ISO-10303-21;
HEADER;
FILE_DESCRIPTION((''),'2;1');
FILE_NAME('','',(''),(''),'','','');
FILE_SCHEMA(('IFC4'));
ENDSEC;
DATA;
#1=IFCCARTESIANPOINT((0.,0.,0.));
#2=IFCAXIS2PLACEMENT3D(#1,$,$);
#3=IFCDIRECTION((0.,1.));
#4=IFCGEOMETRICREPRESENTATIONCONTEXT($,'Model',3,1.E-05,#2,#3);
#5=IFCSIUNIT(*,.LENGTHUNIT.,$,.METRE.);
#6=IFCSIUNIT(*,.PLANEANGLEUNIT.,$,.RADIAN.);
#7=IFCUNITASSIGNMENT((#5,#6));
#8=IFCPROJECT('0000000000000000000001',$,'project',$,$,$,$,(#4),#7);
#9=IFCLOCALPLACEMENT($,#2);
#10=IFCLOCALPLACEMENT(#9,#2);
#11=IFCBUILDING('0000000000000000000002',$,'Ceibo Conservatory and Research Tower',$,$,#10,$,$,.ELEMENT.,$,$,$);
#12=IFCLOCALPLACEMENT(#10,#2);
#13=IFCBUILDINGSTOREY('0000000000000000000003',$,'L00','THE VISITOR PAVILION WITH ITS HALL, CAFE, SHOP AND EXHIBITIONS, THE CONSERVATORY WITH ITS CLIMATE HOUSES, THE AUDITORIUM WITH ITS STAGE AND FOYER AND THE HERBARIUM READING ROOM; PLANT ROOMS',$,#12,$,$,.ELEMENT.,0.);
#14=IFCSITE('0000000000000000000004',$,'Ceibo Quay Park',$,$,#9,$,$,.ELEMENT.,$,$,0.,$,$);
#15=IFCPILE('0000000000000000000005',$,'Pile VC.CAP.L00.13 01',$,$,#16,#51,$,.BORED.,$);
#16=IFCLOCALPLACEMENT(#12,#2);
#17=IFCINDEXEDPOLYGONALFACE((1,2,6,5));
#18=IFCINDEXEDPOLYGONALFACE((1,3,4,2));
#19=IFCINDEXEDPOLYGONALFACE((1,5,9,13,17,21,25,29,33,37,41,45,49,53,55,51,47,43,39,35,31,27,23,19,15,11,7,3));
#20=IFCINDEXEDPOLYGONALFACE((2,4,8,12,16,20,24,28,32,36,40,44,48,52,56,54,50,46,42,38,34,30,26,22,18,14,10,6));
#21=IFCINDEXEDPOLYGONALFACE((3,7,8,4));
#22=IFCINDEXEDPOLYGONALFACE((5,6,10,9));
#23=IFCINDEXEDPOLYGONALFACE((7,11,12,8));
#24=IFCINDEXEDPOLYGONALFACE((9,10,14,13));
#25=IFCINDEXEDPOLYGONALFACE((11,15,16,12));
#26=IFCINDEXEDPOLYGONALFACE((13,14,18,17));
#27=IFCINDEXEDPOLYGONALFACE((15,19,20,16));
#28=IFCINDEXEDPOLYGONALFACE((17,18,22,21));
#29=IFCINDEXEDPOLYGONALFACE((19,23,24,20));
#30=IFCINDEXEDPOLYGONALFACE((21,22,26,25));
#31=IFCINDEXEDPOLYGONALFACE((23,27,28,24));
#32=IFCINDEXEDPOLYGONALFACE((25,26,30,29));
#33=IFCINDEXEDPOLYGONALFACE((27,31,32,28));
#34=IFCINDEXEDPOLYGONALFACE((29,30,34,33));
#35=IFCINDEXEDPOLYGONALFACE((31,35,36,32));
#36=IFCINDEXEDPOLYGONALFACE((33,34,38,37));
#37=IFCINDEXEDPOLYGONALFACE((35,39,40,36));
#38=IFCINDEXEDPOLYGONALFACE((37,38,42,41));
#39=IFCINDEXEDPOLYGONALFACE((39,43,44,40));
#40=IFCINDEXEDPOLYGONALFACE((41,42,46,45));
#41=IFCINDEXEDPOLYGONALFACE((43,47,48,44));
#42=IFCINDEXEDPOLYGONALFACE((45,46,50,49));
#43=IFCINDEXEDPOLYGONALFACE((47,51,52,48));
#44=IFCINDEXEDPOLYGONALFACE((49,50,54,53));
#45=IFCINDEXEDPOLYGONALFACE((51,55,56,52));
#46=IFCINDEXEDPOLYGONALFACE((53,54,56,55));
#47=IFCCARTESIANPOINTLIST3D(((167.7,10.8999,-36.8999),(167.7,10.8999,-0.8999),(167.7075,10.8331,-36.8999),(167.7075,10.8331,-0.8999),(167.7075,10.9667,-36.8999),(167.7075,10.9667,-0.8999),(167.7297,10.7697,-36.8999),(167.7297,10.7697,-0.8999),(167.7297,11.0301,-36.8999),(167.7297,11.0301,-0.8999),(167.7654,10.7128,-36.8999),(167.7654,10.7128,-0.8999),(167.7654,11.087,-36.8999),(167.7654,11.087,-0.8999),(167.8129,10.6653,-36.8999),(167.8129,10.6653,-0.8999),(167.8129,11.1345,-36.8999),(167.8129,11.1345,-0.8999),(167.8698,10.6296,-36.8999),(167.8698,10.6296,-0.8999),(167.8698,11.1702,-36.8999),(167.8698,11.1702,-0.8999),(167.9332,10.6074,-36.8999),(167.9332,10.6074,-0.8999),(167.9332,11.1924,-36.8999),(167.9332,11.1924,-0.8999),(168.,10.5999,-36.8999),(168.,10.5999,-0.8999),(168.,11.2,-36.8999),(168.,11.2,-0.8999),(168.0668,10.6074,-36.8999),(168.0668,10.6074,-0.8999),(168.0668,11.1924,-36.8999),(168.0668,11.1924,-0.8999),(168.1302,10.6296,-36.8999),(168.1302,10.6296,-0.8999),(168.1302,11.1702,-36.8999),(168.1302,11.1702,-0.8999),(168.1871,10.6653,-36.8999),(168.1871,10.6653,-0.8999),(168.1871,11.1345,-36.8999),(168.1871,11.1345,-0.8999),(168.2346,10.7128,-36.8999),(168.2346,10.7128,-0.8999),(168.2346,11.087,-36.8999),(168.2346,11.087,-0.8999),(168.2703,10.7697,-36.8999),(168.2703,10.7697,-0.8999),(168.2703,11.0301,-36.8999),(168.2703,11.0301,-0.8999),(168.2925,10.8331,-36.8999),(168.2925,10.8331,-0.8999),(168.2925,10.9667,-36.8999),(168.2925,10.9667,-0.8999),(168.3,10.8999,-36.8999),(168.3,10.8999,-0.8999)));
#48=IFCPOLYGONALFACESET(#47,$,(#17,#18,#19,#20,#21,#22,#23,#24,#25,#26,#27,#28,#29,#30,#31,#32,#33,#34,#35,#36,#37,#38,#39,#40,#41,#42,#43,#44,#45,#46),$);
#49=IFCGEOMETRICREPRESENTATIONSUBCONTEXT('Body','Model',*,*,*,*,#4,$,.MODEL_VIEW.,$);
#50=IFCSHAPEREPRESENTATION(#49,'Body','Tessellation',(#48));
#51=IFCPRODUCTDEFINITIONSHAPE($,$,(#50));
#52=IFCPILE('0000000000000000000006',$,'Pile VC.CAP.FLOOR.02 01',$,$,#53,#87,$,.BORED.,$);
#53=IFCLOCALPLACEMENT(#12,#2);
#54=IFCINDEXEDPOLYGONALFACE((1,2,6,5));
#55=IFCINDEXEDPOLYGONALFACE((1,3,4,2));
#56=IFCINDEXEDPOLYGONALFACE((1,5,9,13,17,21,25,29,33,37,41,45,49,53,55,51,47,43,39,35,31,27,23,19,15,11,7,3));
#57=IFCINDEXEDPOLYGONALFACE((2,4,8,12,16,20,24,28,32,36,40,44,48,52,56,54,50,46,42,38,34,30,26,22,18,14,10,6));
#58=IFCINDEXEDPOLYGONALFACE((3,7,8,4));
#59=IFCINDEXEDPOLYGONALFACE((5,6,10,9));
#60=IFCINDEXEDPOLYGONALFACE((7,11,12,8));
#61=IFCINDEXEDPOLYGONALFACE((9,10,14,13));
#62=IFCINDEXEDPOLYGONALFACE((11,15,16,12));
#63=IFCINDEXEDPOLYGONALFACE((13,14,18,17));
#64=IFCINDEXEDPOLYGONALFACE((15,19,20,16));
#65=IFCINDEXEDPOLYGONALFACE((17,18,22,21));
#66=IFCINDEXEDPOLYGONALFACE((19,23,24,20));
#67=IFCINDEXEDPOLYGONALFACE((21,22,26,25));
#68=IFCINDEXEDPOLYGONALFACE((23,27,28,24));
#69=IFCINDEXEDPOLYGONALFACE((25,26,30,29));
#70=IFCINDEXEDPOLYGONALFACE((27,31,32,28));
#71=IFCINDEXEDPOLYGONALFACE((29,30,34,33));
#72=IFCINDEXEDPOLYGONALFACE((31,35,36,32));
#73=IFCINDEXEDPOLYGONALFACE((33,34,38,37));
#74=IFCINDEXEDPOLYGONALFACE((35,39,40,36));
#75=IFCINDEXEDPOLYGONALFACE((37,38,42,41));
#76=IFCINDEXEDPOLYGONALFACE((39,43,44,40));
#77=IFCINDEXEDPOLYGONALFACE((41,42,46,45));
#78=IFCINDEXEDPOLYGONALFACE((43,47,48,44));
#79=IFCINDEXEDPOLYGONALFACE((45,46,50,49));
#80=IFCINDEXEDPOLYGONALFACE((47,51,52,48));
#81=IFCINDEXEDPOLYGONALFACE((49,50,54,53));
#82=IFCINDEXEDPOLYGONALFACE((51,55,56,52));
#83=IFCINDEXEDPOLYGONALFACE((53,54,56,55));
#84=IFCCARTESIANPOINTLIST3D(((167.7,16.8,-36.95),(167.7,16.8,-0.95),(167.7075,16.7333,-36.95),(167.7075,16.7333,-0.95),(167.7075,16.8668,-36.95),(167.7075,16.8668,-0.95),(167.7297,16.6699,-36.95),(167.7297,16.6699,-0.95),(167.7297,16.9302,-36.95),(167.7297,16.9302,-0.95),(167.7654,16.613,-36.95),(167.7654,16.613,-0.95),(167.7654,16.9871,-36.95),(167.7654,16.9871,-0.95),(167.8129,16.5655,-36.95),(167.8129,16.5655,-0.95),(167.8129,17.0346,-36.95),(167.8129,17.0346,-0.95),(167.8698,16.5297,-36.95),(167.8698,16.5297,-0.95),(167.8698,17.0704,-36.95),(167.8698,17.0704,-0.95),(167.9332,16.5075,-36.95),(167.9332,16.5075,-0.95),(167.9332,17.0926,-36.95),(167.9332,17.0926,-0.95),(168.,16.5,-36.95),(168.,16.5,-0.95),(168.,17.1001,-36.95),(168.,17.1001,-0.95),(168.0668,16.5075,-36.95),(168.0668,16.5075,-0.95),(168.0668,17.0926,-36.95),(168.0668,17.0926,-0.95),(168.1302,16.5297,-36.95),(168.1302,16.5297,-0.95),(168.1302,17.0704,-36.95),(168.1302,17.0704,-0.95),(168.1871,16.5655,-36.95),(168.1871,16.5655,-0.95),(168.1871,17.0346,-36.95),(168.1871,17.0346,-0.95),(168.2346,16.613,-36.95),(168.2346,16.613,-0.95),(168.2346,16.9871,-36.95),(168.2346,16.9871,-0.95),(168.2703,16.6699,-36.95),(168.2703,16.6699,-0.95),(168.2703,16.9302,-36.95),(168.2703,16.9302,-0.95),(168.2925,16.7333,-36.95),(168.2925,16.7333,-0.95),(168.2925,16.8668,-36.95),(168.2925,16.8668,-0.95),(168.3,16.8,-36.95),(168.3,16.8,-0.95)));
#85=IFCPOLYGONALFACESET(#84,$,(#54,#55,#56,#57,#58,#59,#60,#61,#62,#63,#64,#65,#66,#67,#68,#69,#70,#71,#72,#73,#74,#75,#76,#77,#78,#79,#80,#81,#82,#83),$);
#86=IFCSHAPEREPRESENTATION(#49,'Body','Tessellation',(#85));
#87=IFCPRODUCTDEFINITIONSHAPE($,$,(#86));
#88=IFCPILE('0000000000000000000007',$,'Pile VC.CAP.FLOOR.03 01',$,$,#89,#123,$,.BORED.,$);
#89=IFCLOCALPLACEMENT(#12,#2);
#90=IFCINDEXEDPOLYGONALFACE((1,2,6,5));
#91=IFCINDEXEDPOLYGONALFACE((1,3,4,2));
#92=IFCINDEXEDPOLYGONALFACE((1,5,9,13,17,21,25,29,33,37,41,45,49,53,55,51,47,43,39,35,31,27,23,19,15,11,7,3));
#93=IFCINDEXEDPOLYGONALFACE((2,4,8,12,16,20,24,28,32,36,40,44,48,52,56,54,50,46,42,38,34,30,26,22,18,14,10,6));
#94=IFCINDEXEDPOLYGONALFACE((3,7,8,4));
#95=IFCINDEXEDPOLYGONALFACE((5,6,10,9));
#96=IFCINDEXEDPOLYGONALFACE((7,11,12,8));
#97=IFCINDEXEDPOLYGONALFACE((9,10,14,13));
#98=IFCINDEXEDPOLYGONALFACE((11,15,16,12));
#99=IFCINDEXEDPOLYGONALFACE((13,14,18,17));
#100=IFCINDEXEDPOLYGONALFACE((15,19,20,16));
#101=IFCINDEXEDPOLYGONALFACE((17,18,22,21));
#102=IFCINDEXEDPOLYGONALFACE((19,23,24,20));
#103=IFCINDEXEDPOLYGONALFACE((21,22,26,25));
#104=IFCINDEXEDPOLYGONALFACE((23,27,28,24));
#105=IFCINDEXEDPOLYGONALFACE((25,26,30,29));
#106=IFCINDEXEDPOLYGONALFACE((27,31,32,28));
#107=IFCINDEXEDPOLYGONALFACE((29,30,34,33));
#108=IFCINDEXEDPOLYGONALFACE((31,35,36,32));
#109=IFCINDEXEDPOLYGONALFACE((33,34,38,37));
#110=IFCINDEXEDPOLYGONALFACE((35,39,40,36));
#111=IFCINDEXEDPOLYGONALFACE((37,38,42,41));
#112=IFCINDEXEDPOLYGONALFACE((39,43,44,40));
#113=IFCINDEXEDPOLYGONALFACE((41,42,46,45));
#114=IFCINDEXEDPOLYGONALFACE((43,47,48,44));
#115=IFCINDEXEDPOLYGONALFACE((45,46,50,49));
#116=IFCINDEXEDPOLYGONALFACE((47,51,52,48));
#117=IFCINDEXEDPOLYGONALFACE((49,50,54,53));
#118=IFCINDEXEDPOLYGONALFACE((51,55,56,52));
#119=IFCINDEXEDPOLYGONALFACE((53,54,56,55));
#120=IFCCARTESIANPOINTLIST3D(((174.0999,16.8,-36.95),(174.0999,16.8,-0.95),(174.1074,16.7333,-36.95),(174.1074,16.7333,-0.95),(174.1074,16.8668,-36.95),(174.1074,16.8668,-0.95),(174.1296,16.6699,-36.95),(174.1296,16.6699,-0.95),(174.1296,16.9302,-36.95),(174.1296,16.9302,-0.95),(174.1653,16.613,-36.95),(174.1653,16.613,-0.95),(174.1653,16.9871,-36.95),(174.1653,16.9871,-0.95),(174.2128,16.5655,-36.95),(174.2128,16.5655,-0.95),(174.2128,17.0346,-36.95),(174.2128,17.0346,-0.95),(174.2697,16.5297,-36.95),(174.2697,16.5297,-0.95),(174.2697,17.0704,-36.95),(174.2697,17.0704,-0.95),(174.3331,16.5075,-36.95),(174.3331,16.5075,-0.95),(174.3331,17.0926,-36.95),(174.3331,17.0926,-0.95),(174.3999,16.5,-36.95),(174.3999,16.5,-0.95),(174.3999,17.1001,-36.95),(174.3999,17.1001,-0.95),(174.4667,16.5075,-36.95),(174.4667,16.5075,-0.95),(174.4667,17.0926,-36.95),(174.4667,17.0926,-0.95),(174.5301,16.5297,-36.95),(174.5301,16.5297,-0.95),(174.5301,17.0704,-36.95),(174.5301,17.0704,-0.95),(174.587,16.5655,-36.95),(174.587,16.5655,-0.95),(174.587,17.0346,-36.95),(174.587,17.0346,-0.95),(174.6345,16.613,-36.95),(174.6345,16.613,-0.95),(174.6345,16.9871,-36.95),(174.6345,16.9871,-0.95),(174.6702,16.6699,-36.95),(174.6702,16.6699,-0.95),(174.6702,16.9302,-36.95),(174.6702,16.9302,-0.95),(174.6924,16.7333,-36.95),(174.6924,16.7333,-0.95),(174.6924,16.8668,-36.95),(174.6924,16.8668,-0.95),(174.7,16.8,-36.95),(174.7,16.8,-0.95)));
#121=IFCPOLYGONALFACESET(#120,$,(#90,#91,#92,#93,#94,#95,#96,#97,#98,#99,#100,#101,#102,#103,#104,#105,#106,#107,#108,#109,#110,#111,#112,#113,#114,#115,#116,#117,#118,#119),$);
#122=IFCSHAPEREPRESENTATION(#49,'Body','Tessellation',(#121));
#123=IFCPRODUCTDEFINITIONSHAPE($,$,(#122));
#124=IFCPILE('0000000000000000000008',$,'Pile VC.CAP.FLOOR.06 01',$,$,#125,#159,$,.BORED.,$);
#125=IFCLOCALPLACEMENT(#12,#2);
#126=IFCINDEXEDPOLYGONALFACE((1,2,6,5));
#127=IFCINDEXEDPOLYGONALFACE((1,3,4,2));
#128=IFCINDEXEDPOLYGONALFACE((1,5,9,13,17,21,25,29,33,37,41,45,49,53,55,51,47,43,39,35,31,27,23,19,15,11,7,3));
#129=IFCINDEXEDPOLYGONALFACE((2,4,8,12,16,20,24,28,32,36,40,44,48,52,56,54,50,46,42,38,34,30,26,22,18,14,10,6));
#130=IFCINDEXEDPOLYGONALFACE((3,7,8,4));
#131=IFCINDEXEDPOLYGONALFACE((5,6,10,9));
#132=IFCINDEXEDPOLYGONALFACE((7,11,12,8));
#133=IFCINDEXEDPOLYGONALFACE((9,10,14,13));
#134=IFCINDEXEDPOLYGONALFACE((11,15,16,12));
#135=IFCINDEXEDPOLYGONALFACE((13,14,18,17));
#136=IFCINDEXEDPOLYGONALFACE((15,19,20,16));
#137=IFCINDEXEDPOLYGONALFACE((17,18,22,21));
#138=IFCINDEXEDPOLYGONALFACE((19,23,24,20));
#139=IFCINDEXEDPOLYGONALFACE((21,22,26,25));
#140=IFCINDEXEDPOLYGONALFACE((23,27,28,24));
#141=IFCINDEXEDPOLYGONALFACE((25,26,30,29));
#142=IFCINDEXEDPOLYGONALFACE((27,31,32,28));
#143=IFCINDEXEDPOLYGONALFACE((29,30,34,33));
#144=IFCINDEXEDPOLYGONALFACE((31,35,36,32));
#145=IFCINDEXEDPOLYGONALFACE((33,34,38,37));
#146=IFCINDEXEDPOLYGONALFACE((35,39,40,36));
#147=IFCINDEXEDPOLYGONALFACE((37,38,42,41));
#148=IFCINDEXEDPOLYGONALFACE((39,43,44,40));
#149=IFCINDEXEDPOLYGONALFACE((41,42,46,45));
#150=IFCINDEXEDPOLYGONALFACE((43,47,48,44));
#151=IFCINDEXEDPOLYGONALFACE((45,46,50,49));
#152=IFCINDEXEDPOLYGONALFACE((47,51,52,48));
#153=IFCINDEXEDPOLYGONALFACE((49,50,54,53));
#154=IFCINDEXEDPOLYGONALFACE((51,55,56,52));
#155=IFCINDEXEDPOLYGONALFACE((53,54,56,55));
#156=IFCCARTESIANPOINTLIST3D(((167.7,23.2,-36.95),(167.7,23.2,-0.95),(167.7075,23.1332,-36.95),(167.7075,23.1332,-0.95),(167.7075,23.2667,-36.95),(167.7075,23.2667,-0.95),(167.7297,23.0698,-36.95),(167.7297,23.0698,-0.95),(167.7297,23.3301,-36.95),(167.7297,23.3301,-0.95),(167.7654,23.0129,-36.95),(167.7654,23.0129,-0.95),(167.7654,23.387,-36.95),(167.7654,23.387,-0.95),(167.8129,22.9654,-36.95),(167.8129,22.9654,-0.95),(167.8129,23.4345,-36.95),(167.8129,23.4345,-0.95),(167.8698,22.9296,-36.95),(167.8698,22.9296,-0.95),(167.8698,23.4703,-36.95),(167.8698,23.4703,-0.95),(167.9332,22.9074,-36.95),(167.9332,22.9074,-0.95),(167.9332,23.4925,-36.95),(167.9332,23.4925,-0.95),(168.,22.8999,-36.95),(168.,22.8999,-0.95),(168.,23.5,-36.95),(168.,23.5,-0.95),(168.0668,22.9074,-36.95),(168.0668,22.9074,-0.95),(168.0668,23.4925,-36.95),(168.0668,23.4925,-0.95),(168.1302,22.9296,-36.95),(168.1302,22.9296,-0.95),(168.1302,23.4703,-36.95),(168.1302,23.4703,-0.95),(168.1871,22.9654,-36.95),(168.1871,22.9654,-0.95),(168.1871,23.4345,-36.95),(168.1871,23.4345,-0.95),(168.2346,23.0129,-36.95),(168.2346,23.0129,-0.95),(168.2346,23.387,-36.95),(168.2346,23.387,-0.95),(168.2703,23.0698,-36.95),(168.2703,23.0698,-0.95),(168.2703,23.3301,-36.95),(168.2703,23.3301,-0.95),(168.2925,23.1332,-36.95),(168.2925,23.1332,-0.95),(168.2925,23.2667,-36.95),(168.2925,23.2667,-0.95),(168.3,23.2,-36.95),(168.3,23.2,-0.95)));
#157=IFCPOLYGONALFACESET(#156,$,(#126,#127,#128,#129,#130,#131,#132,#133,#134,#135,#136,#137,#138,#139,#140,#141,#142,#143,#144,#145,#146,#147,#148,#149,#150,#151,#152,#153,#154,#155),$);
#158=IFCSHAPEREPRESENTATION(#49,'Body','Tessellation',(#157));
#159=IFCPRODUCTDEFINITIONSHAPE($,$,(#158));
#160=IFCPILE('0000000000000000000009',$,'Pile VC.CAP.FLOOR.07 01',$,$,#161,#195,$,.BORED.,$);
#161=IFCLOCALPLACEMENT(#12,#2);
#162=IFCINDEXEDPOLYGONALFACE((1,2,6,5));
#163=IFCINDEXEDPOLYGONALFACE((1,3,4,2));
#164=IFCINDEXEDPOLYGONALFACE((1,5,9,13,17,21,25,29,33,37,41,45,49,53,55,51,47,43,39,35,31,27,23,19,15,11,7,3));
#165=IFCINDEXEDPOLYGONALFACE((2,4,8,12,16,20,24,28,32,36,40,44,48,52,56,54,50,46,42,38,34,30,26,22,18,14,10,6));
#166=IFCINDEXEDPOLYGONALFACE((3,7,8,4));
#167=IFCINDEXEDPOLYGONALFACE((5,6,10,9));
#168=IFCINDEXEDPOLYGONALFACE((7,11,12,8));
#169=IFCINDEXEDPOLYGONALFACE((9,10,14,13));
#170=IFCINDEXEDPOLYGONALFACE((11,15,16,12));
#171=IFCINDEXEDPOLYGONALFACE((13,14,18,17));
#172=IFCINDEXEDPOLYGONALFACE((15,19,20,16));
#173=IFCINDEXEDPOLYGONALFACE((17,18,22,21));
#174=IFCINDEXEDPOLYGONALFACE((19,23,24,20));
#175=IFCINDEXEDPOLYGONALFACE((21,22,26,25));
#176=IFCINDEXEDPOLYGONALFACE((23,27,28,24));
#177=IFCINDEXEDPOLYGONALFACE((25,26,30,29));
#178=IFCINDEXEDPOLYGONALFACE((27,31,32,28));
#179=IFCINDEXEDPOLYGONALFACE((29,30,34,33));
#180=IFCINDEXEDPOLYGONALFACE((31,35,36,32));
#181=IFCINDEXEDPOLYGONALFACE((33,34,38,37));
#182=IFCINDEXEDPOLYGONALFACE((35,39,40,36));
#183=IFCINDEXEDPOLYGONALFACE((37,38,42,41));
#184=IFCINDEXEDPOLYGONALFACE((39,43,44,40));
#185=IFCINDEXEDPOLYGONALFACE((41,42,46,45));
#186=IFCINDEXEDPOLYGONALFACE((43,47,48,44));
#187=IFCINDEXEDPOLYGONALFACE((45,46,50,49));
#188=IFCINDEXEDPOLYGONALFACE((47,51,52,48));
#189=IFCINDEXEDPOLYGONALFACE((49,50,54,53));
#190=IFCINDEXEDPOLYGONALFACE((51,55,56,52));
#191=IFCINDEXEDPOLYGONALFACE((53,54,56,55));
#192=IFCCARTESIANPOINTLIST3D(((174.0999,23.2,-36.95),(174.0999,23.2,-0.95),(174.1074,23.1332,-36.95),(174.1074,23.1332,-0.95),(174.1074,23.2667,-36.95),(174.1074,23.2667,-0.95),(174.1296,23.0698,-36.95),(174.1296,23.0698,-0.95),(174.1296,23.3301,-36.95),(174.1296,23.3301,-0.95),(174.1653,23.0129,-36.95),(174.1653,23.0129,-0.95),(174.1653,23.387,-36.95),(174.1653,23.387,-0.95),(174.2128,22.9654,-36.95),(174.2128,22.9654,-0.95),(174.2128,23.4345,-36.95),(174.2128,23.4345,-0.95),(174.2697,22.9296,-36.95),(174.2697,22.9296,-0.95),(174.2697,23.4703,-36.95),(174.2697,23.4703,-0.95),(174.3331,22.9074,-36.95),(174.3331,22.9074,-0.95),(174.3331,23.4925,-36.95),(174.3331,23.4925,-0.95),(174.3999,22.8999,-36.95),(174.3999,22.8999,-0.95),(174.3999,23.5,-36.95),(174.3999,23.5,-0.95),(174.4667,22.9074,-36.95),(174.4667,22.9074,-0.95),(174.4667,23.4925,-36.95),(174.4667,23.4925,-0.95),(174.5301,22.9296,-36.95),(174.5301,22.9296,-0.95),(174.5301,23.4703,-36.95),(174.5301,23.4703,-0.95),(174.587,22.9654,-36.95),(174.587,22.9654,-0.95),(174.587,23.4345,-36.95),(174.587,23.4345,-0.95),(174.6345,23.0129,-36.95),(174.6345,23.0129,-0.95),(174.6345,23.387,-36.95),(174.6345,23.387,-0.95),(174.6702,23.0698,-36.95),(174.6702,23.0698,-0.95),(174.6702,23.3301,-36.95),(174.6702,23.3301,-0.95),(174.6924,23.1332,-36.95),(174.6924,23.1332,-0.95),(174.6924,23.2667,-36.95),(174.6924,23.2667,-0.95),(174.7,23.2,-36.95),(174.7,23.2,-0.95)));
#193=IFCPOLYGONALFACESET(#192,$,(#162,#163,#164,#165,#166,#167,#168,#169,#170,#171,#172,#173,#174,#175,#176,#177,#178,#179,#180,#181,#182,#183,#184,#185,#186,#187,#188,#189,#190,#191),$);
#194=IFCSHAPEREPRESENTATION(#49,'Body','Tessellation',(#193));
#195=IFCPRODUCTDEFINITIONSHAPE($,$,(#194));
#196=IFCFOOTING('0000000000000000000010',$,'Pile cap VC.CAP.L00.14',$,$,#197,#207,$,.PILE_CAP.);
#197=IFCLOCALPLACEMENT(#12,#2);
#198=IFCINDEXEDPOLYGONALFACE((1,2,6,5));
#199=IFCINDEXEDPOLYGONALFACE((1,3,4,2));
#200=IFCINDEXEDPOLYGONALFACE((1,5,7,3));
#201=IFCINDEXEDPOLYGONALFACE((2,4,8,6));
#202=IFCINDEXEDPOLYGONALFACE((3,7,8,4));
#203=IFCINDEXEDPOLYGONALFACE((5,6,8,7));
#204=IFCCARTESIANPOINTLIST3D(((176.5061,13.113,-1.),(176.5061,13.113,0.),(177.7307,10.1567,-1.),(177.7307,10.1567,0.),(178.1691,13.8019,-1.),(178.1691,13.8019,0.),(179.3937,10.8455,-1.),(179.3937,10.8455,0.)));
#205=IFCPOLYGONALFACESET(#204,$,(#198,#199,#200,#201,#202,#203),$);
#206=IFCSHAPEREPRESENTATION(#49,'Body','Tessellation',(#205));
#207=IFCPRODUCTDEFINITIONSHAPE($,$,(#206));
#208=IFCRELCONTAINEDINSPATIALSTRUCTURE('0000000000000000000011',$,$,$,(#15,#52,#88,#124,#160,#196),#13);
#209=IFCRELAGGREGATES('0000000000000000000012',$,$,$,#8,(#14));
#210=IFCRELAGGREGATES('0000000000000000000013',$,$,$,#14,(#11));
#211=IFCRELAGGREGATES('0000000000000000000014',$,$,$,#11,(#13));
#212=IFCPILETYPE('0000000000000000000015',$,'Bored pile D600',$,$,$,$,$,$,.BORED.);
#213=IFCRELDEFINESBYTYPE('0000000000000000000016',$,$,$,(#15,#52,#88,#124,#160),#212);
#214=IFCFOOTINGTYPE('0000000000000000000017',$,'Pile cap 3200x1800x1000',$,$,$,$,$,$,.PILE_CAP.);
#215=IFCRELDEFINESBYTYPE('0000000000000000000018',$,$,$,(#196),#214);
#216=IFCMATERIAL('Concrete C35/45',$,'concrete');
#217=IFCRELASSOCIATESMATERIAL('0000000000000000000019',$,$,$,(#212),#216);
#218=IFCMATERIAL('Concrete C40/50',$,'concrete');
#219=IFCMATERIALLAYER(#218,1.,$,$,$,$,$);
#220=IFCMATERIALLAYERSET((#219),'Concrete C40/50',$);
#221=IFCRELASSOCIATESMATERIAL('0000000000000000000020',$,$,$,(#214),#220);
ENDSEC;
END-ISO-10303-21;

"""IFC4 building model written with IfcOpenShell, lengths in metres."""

from ifc_helpers import new_model, si_unit, direction, frame, origin, origin_2d, place, context, subcontext, project, spatial, polyline, circle, outline, extrude, material, layer, layer_set, material_profile, profile_set, type_object, element, save


model = new_model("IFC4")

# Units and contexts
model_context = context("Model", 3, precision=1e-05, world=origin(), true_north=direction((0.0, 1.0)))
body_context = subcontext(model_context, "Body", "Model", "MODEL_VIEW")
ifc_project = project(units=[si_unit("LENGTHUNIT", "METRE"), si_unit("PLANEANGLEUNIT", "RADIAN")], contexts=[model_context])

# Site, building, storey
site_placement = place(None, origin())
site = spatial("IfcSite", under=ifc_project, at=site_placement, Name="Ceibo Quay Park", CompositionType="ELEMENT", RefElevation=0.0)
building_placement = place(site_placement, origin())
building = spatial("IfcBuilding", under=site, at=building_placement, Name="Ceibo Conservatory and Research Tower", CompositionType="ELEMENT")
storey_placement = place(building_placement, origin())
storey = spatial("IfcBuildingStorey", under=building, at=storey_placement, Name="L00", Description="THE VISITOR PAVILION WITH ITS HALL, CAFE, SHOP AND EXHIBITIONS, THE CONSERVATORY WITH ITS CLIMATE HOUSES, THE AUDITORIUM WITH ITS STAGE AND FOYER AND THE HERBARIUM READING ROOM; PLANT ROOMS", CompositionType="ELEMENT", Elevation=0.0)

# Piles
ifc_material_1 = material(Name="Concrete C35/45", Category="concrete")
ifc_material_profile_1 = material_profile(ifc_material_1, circle(Radius=0.3, at=origin_2d()), Name="RC D600")
ifc_profile_set_1 = profile_set([ifc_material_profile_1], Name="Concrete C35/45")
pile_type = type_object("IfcPileType", Name="Bored pile D600", PredefinedType="BORED", material=ifc_profile_set_1)
for number, where, z_axis, x_axis, name in (
    (1, (168.0, 10.8999, -0.8999), (0.0, 0.0, -1.0), (1.0, 0.0, 0.0), "Pile VC.CAP.L00.13 01"),
    (2, (168.0, 16.8, -0.95), (0.0, 0.0, -1.0), (1.0, 0.0, 0.0), "Pile VC.CAP.FLOOR.02 01"),
    (3, (174.3999, 16.8, -0.95), (0.0, 0.0, -1.0), (1.0, 0.0, 0.0), "Pile VC.CAP.FLOOR.03 01"),
    (4, (168.0, 23.2, -0.95), (0.0, 0.0, -1.0), (1.0, 0.0, 0.0), "Pile VC.CAP.FLOOR.06 01"),
    (5, (174.3999, 23.2, -0.95), (0.0, 0.0, -1.0), (1.0, 0.0, 0.0), "Pile VC.CAP.FLOOR.07 01"),
):
    element("IfcPile", number, at=place(storey_placement, frame(where, z_axis=z_axis, x_axis=x_axis)), inside=storey, type_object=pile_type, Name=name, PredefinedType="BORED", context=body_context, shape_type="SweptSolid", body=[
        extrude(circle(Radius=0.3, at=origin_2d()), origin(), (0.0, 0.0, 1.0), 36.0),
    ])

# Footing
ifc_material_2 = material(Name="Concrete C40/50", Category="concrete")
ifc_layer_1 = layer(ifc_material_2, 1.0)
ifc_layer_set_1 = layer_set([ifc_layer_1], Name="Concrete C40/50")
footing_type = type_object("IfcFootingType", Name="Pile cap 3200x1800x1000", PredefinedType="PILE_CAP", material=ifc_layer_set_1)
footing_placement = place(storey_placement, frame((176.5061, 13.113, -1.0), z_axis=(0.0, 0.0, 1.0), x_axis=(0.382683, -0.92388, 0.0)))
element("IfcFooting", 6, at=footing_placement, inside=storey, type_object=footing_type, Name="Pile cap VC.CAP.L00.14", PredefinedType="PILE_CAP", context=body_context, shape_type="SweptSolid", body=[
    extrude(outline(polyline([(0.0, 0.0), (3.2, 0.0), (3.2, 1.8), (0.0, 1.8), (0.0, 0.0)])), origin(), (0.0, 0.0, 1.0), 1.0),
])

save(model, "model.ifc")
